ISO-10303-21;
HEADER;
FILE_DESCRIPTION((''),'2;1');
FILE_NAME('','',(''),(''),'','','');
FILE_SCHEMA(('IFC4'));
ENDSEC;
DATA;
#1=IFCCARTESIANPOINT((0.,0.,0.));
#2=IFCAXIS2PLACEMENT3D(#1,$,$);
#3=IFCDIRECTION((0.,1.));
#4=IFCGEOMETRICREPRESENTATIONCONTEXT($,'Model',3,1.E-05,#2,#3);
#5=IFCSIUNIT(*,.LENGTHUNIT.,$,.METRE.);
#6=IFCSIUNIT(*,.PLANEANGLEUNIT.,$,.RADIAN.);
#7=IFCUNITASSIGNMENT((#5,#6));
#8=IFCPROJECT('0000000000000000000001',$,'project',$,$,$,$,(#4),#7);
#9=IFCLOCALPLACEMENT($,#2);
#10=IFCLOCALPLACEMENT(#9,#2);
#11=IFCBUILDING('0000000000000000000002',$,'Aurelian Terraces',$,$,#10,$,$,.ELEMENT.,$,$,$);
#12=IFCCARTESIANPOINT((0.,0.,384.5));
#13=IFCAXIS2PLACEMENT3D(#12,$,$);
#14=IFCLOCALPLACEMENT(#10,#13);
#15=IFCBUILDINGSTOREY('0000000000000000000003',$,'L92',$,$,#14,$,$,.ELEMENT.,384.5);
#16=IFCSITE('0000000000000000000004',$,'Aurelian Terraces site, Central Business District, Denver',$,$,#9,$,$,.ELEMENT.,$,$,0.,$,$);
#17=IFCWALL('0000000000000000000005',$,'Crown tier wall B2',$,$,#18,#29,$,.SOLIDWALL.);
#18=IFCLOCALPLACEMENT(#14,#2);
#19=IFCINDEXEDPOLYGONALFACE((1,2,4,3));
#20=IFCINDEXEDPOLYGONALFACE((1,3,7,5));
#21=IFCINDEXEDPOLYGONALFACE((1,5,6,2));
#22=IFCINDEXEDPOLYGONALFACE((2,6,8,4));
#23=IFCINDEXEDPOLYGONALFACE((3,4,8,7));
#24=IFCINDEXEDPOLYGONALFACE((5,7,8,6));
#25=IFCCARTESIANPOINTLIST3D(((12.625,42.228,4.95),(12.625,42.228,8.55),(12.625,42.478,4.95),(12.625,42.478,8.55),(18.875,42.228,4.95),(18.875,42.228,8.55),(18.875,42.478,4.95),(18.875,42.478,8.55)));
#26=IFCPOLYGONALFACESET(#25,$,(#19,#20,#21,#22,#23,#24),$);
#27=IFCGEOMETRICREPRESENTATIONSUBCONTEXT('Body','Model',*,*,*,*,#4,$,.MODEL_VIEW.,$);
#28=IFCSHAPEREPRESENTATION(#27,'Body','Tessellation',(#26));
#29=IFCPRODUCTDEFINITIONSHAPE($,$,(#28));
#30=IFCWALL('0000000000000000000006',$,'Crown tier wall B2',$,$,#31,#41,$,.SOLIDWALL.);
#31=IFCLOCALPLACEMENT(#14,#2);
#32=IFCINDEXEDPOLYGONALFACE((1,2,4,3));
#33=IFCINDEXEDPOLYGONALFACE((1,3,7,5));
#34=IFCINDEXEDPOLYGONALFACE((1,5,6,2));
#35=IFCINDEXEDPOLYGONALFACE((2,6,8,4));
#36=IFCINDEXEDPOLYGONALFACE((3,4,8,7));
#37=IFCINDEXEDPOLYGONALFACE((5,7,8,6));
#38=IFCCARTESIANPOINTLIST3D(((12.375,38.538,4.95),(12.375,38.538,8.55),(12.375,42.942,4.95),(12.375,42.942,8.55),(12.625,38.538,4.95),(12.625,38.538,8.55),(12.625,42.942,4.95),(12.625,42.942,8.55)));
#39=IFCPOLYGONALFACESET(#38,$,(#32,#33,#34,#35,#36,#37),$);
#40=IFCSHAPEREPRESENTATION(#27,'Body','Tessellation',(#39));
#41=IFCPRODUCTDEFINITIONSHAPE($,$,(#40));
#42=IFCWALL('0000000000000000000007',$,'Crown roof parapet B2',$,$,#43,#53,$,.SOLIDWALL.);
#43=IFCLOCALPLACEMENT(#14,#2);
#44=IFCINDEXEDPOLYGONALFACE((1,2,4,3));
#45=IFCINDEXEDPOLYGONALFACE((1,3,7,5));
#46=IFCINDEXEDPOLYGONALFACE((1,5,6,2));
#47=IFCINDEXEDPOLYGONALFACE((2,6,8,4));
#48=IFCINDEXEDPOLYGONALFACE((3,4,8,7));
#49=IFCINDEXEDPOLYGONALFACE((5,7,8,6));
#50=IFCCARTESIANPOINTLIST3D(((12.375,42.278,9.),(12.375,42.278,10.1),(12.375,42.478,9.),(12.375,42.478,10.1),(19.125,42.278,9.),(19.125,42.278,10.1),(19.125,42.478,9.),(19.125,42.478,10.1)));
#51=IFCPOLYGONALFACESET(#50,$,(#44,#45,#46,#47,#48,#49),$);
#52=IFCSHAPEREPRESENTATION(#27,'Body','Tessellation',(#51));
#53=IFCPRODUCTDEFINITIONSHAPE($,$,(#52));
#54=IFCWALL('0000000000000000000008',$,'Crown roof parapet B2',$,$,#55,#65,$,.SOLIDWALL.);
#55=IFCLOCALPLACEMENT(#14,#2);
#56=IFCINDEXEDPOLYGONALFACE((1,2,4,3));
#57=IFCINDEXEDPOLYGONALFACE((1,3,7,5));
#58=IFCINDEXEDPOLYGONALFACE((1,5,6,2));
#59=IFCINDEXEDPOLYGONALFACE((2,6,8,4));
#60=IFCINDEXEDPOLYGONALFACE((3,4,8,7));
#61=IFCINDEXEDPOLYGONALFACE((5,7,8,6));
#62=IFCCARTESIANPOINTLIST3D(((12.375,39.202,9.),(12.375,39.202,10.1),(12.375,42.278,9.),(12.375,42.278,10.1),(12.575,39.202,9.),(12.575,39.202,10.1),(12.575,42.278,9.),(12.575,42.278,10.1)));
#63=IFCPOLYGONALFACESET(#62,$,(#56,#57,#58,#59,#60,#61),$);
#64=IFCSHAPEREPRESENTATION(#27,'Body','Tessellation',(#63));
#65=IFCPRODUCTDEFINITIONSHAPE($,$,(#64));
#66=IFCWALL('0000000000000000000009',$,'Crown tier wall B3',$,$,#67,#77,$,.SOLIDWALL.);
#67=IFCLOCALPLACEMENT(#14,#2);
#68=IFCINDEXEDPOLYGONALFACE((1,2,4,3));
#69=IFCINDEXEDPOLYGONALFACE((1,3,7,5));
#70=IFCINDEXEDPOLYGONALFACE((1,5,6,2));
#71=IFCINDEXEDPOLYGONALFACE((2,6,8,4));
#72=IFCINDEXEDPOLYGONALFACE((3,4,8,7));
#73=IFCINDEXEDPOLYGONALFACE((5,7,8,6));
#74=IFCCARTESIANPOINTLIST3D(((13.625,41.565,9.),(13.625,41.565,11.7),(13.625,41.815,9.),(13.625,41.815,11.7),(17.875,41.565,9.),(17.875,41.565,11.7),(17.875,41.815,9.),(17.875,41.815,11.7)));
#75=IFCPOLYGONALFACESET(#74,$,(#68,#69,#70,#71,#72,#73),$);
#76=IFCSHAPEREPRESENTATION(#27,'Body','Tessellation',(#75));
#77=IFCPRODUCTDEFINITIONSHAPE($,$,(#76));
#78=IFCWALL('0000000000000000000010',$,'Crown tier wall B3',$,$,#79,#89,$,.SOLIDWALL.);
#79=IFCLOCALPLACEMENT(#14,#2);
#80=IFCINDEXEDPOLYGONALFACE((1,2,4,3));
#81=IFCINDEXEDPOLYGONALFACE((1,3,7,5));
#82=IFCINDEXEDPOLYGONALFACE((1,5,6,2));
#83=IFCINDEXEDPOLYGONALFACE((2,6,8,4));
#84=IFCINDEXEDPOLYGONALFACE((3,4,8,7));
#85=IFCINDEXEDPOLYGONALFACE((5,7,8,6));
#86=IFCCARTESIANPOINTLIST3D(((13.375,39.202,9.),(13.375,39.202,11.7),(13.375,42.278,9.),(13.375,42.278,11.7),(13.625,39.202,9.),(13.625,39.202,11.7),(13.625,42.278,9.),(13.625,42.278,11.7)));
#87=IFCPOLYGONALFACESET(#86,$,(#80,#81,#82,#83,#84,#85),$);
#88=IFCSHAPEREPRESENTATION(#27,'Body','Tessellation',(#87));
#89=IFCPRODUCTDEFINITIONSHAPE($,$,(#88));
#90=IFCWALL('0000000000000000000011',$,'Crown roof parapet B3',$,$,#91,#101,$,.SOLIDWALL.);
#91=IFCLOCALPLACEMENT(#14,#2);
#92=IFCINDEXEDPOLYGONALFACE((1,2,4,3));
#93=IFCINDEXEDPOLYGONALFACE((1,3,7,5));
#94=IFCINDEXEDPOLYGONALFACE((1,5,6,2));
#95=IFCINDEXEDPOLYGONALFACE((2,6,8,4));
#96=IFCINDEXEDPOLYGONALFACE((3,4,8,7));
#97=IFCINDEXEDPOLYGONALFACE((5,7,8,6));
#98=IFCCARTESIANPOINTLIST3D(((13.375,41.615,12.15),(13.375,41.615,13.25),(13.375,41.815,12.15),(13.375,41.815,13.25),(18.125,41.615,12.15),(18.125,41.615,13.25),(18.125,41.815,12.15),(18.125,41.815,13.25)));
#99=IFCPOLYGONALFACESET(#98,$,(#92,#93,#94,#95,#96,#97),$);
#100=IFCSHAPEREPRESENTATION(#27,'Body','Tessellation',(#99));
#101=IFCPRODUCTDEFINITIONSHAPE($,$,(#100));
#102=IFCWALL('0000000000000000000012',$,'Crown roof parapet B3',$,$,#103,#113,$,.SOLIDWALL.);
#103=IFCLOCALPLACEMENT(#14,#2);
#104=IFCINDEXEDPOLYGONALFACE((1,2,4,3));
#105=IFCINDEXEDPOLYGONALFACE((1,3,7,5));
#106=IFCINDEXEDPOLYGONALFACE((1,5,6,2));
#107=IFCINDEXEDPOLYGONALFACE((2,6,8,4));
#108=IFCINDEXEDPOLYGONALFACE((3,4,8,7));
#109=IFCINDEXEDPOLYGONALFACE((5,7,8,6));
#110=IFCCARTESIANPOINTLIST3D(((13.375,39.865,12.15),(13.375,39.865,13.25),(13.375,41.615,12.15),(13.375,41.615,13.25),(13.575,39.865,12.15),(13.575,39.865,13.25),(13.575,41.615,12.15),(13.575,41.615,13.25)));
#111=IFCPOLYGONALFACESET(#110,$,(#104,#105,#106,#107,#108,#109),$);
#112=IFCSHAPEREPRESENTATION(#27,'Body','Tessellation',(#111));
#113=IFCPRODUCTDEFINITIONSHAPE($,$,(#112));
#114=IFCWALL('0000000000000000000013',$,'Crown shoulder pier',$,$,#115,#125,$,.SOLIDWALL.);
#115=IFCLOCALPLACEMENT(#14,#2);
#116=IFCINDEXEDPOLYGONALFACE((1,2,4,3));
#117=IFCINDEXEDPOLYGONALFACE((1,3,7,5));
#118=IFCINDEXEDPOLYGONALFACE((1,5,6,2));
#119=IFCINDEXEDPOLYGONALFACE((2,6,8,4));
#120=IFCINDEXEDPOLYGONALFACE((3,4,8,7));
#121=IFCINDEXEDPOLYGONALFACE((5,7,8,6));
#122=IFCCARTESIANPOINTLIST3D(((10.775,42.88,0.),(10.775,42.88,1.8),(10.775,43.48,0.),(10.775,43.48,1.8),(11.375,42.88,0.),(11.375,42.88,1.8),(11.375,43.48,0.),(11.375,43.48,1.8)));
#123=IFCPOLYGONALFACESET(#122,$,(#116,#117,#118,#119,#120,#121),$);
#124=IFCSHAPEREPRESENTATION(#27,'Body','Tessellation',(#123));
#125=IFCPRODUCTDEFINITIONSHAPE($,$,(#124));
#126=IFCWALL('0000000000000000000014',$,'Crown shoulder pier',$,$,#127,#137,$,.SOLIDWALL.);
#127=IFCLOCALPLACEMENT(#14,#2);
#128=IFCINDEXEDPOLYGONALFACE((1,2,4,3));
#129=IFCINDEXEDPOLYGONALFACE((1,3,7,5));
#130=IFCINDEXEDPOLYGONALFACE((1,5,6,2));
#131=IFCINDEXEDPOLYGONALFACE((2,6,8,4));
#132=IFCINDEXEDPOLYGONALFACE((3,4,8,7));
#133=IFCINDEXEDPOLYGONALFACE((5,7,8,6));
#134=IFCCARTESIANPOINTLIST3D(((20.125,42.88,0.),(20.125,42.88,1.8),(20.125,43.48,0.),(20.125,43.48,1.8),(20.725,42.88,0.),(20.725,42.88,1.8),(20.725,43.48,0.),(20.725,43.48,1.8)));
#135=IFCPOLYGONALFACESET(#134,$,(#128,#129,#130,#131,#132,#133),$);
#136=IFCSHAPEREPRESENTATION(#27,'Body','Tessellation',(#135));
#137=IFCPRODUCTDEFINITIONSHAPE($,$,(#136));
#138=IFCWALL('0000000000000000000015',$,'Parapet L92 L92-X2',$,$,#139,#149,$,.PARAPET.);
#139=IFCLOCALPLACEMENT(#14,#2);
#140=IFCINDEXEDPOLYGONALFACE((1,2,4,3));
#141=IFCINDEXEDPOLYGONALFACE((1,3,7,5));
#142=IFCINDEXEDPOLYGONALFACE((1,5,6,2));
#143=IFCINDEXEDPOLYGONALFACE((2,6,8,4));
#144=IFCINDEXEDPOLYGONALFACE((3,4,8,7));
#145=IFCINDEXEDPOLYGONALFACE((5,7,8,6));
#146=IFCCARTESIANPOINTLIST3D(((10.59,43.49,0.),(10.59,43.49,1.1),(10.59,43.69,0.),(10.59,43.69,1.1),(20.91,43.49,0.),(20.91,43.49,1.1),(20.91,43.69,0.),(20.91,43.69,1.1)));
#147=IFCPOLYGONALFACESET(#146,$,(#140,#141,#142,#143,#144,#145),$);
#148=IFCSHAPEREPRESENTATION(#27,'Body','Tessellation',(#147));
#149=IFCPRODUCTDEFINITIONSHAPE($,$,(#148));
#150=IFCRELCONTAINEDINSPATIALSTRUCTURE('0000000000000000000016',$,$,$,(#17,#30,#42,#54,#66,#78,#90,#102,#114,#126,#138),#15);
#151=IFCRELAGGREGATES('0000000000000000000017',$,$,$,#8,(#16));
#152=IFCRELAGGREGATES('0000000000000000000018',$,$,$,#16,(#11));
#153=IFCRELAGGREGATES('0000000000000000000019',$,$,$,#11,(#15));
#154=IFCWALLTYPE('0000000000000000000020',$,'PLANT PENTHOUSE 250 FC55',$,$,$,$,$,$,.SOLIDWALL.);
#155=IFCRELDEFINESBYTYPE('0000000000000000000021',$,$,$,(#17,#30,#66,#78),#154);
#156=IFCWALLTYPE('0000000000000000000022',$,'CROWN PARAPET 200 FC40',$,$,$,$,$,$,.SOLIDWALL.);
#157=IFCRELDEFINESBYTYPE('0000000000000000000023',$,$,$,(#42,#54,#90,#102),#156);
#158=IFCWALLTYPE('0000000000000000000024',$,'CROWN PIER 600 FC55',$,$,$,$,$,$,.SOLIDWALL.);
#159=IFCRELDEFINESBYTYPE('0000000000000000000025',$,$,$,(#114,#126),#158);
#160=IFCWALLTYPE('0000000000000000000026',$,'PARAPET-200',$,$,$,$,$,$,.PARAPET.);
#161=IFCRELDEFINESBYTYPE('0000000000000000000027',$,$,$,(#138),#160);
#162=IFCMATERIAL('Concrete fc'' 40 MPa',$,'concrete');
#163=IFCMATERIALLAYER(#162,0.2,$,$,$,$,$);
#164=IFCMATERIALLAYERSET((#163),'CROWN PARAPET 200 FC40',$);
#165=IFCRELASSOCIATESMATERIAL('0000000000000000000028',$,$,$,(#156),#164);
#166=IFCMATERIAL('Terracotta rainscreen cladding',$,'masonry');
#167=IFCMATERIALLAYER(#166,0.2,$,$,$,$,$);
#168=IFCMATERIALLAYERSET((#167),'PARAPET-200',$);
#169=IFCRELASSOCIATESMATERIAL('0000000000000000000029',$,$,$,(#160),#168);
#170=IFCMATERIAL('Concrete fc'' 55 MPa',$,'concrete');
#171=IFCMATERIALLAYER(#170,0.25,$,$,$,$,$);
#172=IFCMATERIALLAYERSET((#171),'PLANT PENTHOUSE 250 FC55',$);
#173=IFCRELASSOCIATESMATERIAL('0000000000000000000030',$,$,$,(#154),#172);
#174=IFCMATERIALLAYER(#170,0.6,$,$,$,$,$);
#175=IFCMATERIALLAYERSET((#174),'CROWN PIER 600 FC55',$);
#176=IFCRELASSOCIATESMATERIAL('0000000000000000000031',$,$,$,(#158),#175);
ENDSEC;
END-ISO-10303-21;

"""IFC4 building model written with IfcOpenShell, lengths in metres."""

from ifc_helpers import new_model, si_unit, direction, frame, frame_2d, origin, origin_2d, place, context, subcontext, project, spatial, rectangle, extrude, source, transform, mapped, material, layer, layer_set, type_object, element, save


model = new_model("IFC4")

# Units and contexts
model_context = context("Model", 3, precision=1e-05, world=origin(), true_north=direction((0.0, 1.0)))
body_context = subcontext(model_context, "Body", "Model", "MODEL_VIEW")
ifc_project = project(units=[si_unit("LENGTHUNIT", "METRE"), si_unit("PLANEANGLEUNIT", "RADIAN")], contexts=[model_context])

# Site, building, storey
site_placement = place(None, origin())
site = spatial("IfcSite", under=ifc_project, at=site_placement, Name="Aurelian Terraces site, Central Business District, Denver", CompositionType="ELEMENT", RefElevation=0.0)
building_placement = place(site_placement, origin())
building = spatial("IfcBuilding", under=site, at=building_placement, Name="Aurelian Terraces", CompositionType="ELEMENT")
storey_placement = place(building_placement, frame((0.0, 0.0, 384.5)))
storey = spatial("IfcBuildingStorey", under=building, at=storey_placement, Name="L92", CompositionType="ELEMENT", Elevation=384.5)

# Walls
ifc_material_1 = material(Name="Concrete fc' 40 MPa", Category="concrete")
ifc_layer_1 = layer(ifc_material_1, 0.2)
ifc_layer_set_1 = layer_set([ifc_layer_1], Name="CROWN PARAPET 200 FC40")
wall_type_1 = type_object("IfcWallType", Name="CROWN PARAPET 200 FC40", PredefinedType="SOLIDWALL", material=ifc_layer_set_1)
ifc_material_2 = material(Name="Terracotta rainscreen cladding", Category="masonry")
ifc_layer_2 = layer(ifc_material_2, 0.2)
ifc_layer_set_2 = layer_set([ifc_layer_2], Name="PARAPET-200")
wall_type_2 = type_object("IfcWallType", Name="PARAPET-200", PredefinedType="PARAPET", material=ifc_layer_set_2)
ifc_material_3 = material(Name="Concrete fc' 55 MPa", Category="concrete")
ifc_layer_3 = layer(ifc_material_3, 0.25)
ifc_layer_set_3 = layer_set([ifc_layer_3], Name="PLANT PENTHOUSE 250 FC55")
wall_type_3 = type_object("IfcWallType", Name="PLANT PENTHOUSE 250 FC55", PredefinedType="SOLIDWALL", material=ifc_layer_set_3)
shared_shape_1 = source(origin(), body_context, "Body", "SweptSolid", [
    extrude(rectangle(XDim=6.25, YDim=0.25, at=frame_2d((3.125, 0.0))), origin(), (0.0, 0.0, 1.0), 3.6),
])
wall_1_placement = place(storey_placement, frame((18.875, 42.353, 4.95), z_axis=(0.0, 0.0, 1.0), x_axis=(-1.0, 0.0, 0.0)))
element("IfcWall", 1, at=wall_1_placement, inside=storey, type_object=wall_type_3, Name="Crown tier wall B2", PredefinedType="SOLIDWALL", context=body_context, shape_type="MappedRepresentation", body=[
    mapped(shared_shape_1, transform((0.0, 0.0, 0.0), scale=1.0)),
])
shared_shape_2 = source(origin(), body_context, "Body", "SweptSolid", [
    extrude(rectangle(XDim=4.404, YDim=0.25, at=frame_2d((2.202, 0.0))), origin(), (0.0, 0.0, 1.0), 3.6),
])
wall_2_placement = place(storey_placement, frame((12.5, 42.942, 4.95), z_axis=(0.0, 0.0, 1.0), x_axis=(0.0, -1.0, 0.0)))
element("IfcWall", 2, at=wall_2_placement, inside=storey, type_object=wall_type_3, Name="Crown tier wall B2", PredefinedType="SOLIDWALL", context=body_context, shape_type="MappedRepresentation", body=[
    mapped(shared_shape_2, transform((0.0, 0.0, 0.0), scale=1.0)),
])
shared_shape_3 = source(origin(), body_context, "Body", "SweptSolid", [
    extrude(rectangle(XDim=6.75, YDim=0.2, at=frame_2d((3.375, 0.0))), origin(), (0.0, 0.0, 1.0), 1.1),
])
wall_3_placement = place(storey_placement, frame((12.375, 42.378, 9.0), z_axis=(0.0, 0.0, 1.0), x_axis=(1.0, 0.0, 0.0)))
element("IfcWall", 3, at=wall_3_placement, inside=storey, type_object=wall_type_1, Name="Crown roof parapet B2", PredefinedType="SOLIDWALL", context=body_context, shape_type="MappedRepresentation", body=[
    mapped(shared_shape_3, transform((0.0, 0.0, 0.0), scale=1.0)),
])
shared_shape_4 = source(origin(), body_context, "Body", "SweptSolid", [
    extrude(rectangle(XDim=3.076, YDim=0.2, at=frame_2d((1.538, 0.0))), origin(), (0.0, 0.0, 1.0), 1.1),
])
wall_4_placement = place(storey_placement, frame((12.475, 39.202, 9.0), z_axis=(0.0, 0.0, 1.0), x_axis=(0.0, 1.0, 0.0)))
element("IfcWall", 4, at=wall_4_placement, inside=storey, type_object=wall_type_1, Name="Crown roof parapet B2", PredefinedType="SOLIDWALL", context=body_context, shape_type="MappedRepresentation", body=[
    mapped(shared_shape_4, transform((0.0, 0.0, 0.0), scale=1.0)),
])
shared_shape_5 = source(origin(), body_context, "Body", "SweptSolid", [
    extrude(rectangle(XDim=4.25, YDim=0.25, at=frame_2d((2.125, 0.0))), origin(), (0.0, 0.0, 1.0), 2.7),
])
wall_5_placement = place(storey_placement, frame((17.875, 41.69, 9.0), z_axis=(0.0, 0.0, 1.0), x_axis=(-1.0, 0.0, 0.0)))
element("IfcWall", 5, at=wall_5_placement, inside=storey, type_object=wall_type_3, Name="Crown tier wall B3", PredefinedType="SOLIDWALL", context=body_context, shape_type="MappedRepresentation", body=[
    mapped(shared_shape_5, transform((0.0, 0.0, 0.0), scale=1.0)),
])
shared_shape_6 = source(origin(), body_context, "Body", "SweptSolid", [
    extrude(rectangle(XDim=3.076, YDim=0.25, at=frame_2d((1.538, 0.0))), origin(), (0.0, 0.0, 1.0), 2.7),
])
wall_6_placement = place(storey_placement, frame((13.5, 42.278, 9.0), z_axis=(0.0, 0.0, 1.0), x_axis=(0.0, -1.0, 0.0)))
element("IfcWall", 6, at=wall_6_placement, inside=storey, type_object=wall_type_3, Name="Crown tier wall B3", PredefinedType="SOLIDWALL", context=body_context, shape_type="MappedRepresentation", body=[
    mapped(shared_shape_6, transform((0.0, 0.0, 0.0), scale=1.0)),
])
shared_shape_7 = source(origin(), body_context, "Body", "SweptSolid", [
    extrude(rectangle(XDim=4.75, YDim=0.2, at=frame_2d((2.375, 0.0))), origin(), (0.0, 0.0, 1.0), 1.1),
])
wall_7_placement = place(storey_placement, frame((13.375, 41.715, 12.15), z_axis=(0.0, 0.0, 1.0), x_axis=(1.0, 0.0, 0.0)))
element("IfcWall", 7, at=wall_7_placement, inside=storey, type_object=wall_type_1, Name="Crown roof parapet B3", PredefinedType="SOLIDWALL", context=body_context, shape_type="MappedRepresentation", body=[
    mapped(shared_shape_7, transform((0.0, 0.0, 0.0), scale=1.0)),
])
shared_shape_8 = source(origin(), body_context, "Body", "SweptSolid", [
    extrude(rectangle(XDim=1.75, YDim=0.2, at=frame_2d((0.875, 0.0))), origin(), (0.0, 0.0, 1.0), 1.1),
])
wall_8_placement = place(storey_placement, frame((13.475, 39.865, 12.15), z_axis=(0.0, 0.0, 1.0), x_axis=(0.0, 1.0, 0.0)))
element("IfcWall", 8, at=wall_8_placement, inside=storey, type_object=wall_type_1, Name="Crown roof parapet B3", PredefinedType="SOLIDWALL", context=body_context, shape_type="MappedRepresentation", body=[
    mapped(shared_shape_8, transform((0.0, 0.0, 0.0), scale=1.0)),
])
ifc_layer_4 = layer(ifc_material_3, 0.6)
ifc_layer_set_4 = layer_set([ifc_layer_4], Name="CROWN PIER 600 FC55")
wall_type_4 = type_object("IfcWallType", Name="CROWN PIER 600 FC55", PredefinedType="SOLIDWALL", material=ifc_layer_set_4)
shared_shape_9 = source(origin(), body_context, "Body", "SweptSolid", [
    extrude(rectangle(XDim=0.6, YDim=0.6, at=origin_2d()), origin(), (0.0, 0.0, 1.0), 1.8),
])
for number, where, z_axis, x_axis, name in (
    (9, (11.075, 43.18, 0.0), (0.0, 0.0, 1.0), (1.0, 0.0, 0.0), "Crown shoulder pier"),
    (10, (20.425, 43.18, 0.0), (0.0, 0.0, 1.0), (1.0, 0.0, 0.0), "Crown shoulder pier"),
):
    element("IfcWall", number, at=place(storey_placement, frame(where, z_axis=z_axis, x_axis=x_axis)), inside=storey, type_object=wall_type_4, Name=name, PredefinedType="SOLIDWALL", context=body_context, shape_type="MappedRepresentation", body=[
        mapped(shared_shape_9, transform((0.0, 0.0, 0.0), scale=1.0)),
    ])
shared_shape_10 = source(origin(), body_context, "Body", "SweptSolid", [
    extrude(rectangle(XDim=10.32, YDim=0.2, at=frame_2d((5.16, 0.0))), origin(), (0.0, 0.0, 1.0), 1.1),
])
wall_9_placement = place(storey_placement, frame((10.59, 43.59, 0.0), z_axis=(0.0, 0.0, 1.0), x_axis=(1.0, 0.0, 0.0)))
element("IfcWall", 11, at=wall_9_placement, inside=storey, type_object=wall_type_2, Name="Parapet L92 L92-X2", PredefinedType="PARAPET", context=body_context, shape_type="MappedRepresentation", body=[
    mapped(shared_shape_10, transform((0.0, 0.0, 0.0), scale=1.0)),
])

save(model, "model.ifc")
